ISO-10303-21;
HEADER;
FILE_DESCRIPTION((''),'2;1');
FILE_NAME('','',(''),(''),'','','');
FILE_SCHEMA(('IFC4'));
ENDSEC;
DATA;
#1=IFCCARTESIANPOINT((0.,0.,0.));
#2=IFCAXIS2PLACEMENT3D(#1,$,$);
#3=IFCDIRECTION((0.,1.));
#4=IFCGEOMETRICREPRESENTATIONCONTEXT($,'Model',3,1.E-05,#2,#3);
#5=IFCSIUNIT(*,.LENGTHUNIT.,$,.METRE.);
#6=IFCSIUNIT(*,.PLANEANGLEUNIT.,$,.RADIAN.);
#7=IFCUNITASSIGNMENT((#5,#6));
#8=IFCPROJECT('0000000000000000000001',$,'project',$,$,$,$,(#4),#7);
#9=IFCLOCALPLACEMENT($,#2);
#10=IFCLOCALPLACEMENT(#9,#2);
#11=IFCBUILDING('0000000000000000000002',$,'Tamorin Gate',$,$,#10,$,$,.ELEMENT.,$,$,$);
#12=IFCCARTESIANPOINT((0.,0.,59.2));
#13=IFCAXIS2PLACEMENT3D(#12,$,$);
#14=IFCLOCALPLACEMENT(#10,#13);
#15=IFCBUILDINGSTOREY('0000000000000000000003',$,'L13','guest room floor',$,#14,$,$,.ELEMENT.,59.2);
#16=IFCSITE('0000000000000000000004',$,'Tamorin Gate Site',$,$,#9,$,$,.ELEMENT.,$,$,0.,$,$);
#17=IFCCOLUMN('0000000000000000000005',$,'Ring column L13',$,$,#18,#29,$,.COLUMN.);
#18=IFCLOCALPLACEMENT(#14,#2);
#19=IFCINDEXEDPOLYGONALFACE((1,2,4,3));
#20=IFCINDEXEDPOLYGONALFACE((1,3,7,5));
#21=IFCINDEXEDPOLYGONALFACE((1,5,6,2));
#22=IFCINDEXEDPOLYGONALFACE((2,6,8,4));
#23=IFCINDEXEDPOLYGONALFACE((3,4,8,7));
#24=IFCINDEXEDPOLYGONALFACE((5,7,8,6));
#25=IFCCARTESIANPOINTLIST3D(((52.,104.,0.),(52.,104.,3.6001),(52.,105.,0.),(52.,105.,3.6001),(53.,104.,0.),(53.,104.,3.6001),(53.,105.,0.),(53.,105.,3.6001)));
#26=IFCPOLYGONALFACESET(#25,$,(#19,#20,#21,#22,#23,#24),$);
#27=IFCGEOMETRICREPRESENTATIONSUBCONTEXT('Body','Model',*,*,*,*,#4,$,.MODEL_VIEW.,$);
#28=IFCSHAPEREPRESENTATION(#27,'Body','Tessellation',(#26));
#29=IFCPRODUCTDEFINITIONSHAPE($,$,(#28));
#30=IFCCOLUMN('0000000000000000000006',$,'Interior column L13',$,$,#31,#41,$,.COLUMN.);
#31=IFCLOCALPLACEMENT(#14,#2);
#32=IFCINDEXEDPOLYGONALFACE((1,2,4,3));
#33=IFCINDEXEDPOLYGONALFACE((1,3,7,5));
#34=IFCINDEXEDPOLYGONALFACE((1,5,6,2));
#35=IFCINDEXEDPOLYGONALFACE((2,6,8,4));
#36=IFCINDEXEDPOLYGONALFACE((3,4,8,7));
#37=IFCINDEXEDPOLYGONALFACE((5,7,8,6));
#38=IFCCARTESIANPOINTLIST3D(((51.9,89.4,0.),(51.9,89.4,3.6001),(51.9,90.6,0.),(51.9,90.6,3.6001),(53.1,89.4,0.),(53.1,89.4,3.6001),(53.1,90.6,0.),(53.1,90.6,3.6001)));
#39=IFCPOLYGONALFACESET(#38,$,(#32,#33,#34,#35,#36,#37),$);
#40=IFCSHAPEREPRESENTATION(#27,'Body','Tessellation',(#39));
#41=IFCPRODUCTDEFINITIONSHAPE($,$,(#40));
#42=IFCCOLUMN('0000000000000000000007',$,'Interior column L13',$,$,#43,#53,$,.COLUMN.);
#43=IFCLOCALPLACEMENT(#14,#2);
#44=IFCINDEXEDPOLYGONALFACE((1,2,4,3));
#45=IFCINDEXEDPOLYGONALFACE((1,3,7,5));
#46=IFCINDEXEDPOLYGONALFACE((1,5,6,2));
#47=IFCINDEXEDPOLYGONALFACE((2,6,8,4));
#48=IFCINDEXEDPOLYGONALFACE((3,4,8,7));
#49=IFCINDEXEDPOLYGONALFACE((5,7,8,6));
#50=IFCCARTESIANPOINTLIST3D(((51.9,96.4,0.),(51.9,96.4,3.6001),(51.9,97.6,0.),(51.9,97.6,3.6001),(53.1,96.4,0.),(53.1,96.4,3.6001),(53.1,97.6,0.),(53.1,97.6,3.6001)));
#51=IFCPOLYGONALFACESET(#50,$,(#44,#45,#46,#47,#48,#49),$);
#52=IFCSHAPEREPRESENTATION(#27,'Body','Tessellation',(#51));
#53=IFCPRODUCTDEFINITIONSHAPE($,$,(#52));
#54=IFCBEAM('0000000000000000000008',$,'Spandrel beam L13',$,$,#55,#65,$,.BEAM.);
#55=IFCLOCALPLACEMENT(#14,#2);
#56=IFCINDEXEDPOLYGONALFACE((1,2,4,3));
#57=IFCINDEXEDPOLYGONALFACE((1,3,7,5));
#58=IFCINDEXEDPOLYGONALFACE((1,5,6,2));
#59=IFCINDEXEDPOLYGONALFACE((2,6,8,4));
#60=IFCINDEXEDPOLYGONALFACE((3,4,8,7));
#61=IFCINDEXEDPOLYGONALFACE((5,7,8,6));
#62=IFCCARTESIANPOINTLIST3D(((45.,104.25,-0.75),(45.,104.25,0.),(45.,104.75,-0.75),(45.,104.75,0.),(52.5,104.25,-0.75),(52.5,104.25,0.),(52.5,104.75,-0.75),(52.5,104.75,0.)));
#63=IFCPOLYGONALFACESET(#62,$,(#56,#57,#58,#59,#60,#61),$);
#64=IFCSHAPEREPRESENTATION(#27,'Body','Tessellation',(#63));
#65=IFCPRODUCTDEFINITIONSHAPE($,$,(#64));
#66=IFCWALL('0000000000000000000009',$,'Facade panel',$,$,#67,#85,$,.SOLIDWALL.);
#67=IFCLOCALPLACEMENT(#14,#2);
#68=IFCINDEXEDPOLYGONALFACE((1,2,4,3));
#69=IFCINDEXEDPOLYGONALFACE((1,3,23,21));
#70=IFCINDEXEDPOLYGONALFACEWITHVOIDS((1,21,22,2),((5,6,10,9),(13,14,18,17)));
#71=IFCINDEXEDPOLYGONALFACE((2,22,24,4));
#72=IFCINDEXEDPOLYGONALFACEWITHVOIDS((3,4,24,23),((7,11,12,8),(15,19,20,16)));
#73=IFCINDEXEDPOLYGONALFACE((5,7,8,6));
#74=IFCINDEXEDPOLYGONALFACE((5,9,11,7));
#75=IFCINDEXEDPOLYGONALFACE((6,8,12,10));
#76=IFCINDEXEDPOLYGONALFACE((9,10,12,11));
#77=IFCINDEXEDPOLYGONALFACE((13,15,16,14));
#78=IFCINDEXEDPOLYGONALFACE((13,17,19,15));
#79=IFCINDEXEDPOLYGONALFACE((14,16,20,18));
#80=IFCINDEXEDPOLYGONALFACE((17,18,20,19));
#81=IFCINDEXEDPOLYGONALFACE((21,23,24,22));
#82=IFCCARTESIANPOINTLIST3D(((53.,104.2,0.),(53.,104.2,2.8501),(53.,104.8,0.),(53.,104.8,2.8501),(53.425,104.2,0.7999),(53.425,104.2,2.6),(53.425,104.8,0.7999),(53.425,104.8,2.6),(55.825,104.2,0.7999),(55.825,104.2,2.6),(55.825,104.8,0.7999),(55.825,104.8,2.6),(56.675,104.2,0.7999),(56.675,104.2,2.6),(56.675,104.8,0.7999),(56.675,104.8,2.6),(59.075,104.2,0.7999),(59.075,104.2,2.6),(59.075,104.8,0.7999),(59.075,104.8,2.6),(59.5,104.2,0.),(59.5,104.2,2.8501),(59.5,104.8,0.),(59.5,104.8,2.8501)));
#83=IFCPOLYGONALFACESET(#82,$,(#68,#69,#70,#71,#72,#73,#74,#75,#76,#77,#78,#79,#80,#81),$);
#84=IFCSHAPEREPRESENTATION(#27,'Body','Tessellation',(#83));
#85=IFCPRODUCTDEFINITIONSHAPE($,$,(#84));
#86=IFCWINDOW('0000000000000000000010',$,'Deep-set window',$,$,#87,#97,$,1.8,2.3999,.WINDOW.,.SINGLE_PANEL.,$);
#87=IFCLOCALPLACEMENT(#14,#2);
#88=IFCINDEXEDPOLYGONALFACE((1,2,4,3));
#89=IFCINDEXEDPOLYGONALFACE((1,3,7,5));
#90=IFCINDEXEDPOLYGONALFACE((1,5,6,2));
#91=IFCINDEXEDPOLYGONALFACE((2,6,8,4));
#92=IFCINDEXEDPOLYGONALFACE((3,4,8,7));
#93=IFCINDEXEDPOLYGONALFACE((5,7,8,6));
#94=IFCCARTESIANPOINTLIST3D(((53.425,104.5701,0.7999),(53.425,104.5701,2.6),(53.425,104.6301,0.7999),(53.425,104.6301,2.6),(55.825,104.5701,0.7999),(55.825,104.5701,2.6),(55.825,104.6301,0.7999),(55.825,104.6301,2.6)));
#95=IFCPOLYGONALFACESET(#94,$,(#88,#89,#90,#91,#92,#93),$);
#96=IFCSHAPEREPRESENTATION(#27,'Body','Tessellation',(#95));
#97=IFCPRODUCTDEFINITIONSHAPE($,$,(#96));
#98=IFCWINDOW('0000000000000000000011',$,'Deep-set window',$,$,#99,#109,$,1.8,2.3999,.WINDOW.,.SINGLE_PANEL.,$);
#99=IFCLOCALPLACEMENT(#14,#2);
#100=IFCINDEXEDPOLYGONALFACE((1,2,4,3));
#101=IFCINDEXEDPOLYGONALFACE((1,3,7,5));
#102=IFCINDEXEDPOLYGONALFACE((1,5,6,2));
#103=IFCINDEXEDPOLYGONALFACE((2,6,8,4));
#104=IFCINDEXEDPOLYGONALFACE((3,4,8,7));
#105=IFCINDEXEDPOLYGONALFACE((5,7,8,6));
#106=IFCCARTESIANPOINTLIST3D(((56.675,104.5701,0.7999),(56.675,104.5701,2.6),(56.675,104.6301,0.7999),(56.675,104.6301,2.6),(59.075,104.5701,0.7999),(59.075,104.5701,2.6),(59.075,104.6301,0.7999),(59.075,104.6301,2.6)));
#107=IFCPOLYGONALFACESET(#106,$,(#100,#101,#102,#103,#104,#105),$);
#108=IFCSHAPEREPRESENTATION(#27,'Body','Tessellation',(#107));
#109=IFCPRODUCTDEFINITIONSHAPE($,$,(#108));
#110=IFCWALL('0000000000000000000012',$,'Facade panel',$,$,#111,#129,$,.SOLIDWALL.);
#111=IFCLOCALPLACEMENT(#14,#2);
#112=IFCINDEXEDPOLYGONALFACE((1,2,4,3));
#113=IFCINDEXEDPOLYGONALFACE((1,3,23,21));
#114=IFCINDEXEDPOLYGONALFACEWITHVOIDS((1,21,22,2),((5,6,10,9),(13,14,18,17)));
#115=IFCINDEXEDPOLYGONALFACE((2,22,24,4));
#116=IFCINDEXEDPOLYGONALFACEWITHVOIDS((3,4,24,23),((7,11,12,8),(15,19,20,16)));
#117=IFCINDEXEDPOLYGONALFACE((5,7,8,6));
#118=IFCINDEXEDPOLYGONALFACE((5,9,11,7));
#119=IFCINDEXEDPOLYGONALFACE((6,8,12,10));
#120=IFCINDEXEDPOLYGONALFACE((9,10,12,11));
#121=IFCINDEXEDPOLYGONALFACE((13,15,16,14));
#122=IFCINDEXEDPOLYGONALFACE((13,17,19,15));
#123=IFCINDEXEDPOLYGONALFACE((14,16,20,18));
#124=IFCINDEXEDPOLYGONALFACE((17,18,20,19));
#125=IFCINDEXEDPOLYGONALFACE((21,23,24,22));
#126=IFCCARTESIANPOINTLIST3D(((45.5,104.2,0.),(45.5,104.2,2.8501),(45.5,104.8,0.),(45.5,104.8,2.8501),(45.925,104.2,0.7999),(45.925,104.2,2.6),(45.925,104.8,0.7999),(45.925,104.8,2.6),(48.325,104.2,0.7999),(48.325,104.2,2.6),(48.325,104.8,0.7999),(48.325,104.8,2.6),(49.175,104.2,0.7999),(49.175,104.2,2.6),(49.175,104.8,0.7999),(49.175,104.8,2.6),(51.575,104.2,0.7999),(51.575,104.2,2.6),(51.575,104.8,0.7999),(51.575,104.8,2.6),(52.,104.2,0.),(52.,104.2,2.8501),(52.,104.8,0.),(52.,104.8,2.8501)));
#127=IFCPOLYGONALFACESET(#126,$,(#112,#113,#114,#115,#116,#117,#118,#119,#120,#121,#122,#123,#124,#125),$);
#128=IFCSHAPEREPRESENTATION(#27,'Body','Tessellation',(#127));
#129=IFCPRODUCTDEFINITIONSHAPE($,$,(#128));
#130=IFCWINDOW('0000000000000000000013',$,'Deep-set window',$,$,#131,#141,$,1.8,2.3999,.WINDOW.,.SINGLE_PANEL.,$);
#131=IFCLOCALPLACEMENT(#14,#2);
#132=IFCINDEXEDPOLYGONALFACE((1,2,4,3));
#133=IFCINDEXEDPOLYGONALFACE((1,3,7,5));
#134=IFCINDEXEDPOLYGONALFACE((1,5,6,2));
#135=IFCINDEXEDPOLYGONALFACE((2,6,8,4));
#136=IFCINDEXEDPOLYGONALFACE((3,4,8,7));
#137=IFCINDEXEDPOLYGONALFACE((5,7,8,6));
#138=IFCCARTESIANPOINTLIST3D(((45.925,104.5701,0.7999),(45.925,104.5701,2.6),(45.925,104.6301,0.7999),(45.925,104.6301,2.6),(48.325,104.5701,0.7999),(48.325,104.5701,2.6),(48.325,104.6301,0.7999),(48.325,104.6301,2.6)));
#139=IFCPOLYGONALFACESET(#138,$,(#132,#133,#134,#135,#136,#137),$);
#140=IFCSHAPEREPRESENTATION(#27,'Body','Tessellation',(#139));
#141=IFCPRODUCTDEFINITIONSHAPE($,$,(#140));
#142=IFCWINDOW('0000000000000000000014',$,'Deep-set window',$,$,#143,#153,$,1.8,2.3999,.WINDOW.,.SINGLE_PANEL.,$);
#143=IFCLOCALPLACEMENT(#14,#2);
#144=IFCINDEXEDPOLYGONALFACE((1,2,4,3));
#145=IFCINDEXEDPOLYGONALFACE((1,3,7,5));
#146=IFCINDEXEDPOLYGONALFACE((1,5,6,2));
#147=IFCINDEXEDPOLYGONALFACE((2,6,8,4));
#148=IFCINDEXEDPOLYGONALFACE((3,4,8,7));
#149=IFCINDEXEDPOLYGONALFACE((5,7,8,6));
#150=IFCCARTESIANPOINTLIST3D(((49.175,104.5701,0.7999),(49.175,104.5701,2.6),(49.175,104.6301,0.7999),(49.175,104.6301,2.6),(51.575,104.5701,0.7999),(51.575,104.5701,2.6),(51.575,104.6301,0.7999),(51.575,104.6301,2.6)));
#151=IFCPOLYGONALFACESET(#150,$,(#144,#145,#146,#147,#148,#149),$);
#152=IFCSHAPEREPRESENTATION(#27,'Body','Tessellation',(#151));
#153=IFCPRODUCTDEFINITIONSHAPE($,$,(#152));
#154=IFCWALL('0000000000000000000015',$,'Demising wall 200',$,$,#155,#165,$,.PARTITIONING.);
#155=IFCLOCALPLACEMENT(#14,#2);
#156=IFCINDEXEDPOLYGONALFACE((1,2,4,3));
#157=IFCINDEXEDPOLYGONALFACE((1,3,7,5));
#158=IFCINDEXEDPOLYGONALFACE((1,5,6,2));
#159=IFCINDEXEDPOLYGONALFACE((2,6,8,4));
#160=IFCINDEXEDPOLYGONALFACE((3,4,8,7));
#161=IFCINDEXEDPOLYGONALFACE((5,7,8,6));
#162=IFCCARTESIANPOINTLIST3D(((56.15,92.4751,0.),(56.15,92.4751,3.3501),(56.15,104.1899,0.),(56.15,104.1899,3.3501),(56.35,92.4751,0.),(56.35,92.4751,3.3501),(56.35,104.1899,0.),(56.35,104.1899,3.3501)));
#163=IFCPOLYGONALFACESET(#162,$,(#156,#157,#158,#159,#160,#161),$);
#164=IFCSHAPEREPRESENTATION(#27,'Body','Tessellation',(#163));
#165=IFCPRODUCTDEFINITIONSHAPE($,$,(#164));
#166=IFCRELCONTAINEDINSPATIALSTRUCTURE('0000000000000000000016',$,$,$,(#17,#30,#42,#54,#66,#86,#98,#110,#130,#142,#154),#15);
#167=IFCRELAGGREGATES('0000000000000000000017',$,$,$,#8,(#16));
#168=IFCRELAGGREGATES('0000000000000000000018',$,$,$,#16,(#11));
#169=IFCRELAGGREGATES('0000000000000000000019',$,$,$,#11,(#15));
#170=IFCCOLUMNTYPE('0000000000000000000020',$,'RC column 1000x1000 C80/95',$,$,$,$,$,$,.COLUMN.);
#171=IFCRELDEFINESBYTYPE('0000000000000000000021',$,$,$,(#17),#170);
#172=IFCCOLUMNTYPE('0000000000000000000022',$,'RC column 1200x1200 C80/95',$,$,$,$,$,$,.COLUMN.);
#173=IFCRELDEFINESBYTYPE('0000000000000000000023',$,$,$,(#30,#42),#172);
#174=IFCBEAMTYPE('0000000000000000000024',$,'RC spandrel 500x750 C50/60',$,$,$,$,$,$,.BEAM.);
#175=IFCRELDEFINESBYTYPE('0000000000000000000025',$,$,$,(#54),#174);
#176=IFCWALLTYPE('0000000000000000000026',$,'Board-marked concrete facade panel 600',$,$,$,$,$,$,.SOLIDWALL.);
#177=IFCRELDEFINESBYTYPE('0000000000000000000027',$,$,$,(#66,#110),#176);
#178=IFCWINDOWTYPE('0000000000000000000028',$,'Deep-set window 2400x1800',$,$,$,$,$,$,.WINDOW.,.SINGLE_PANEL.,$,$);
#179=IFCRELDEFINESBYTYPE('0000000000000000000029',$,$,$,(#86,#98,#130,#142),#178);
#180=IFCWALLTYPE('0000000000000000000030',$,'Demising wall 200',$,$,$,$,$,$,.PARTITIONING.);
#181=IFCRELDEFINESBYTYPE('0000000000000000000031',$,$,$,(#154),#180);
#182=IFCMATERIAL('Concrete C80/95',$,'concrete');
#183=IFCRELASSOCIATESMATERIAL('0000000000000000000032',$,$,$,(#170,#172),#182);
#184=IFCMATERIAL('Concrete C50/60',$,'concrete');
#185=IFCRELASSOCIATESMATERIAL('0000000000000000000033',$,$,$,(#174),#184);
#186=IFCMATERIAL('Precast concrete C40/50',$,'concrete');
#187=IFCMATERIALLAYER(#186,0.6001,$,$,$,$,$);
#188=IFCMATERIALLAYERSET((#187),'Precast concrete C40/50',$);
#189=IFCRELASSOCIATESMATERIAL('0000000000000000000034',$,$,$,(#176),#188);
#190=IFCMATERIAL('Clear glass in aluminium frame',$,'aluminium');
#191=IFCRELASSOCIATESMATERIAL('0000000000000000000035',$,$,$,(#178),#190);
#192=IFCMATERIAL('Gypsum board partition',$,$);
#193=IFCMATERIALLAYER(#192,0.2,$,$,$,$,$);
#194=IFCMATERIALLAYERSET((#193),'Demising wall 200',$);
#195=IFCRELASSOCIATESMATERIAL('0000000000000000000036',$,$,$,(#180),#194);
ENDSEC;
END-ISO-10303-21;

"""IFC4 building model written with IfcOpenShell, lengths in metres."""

from ifc_helpers import new_model, si_unit, direction, frame, frame_2d, origin, origin_2d, place, context, subcontext, project, spatial, rectangle, extrude, material, layer, layer_set, material_profile, profile_set, type_object, element, fill, save


model = new_model("IFC4")

# Units and contexts
model_context = context("Model", 3, precision=1e-05, world=origin(), true_north=direction((0.0, 1.0)))
body_context = subcontext(model_context, "Body", "Model", "MODEL_VIEW")
ifc_project = project(units=[si_unit("LENGTHUNIT", "METRE"), si_unit("PLANEANGLEUNIT", "RADIAN")], contexts=[model_context])

# Site, building, storey
site_placement = place(None, origin())
site = spatial("IfcSite", under=ifc_project, at=site_placement, Name="Tamorin Gate Site", CompositionType="ELEMENT", RefElevation=0.0)
building_placement = place(site_placement, origin())
building = spatial("IfcBuilding", under=site, at=building_placement, Name="Tamorin Gate", CompositionType="ELEMENT")
storey_placement = place(building_placement, frame((0.0, 0.0, 59.2)))
storey = spatial("IfcBuildingStorey", under=building, at=storey_placement, Name="L13", Description="guest room floor", CompositionType="ELEMENT", Elevation=59.2)

# Columns
ifc_material_1 = material(Name="Concrete C80/95", Category="concrete")
ifc_material_profile_1 = material_profile(ifc_material_1, rectangle(XDim=1.0, YDim=1.0, at=origin_2d()), Name="RC 1000x1000")
ifc_profile_set_1 = profile_set([ifc_material_profile_1], Name="Concrete C80/95")
column_type_1 = type_object("IfcColumnType", Name="RC column 1000x1000 C80/95", PredefinedType="COLUMN", material=ifc_profile_set_1)
column_placement = place(storey_placement, frame((52.5, 104.5, 0.0), z_axis=(0.0, 0.0, 1.0), x_axis=(1.0, 0.0, 0.0)))
element("IfcColumn", 1, at=column_placement, inside=storey, type_object=column_type_1, Name="Ring column L13", PredefinedType="COLUMN", context=body_context, shape_type="SweptSolid", body=[
    extrude(rectangle(XDim=1.0, YDim=1.0, at=origin_2d()), origin(), (0.0, 0.0, 1.0), 3.6001),
])
ifc_material_profile_2 = material_profile(ifc_material_1, rectangle(XDim=1.2, YDim=1.2, at=origin_2d()), Name="RC 1200x1200")
ifc_profile_set_2 = profile_set([ifc_material_profile_2], Name="Concrete C80/95")
column_type_2 = type_object("IfcColumnType", Name="RC column 1200x1200 C80/95", PredefinedType="COLUMN", material=ifc_profile_set_2)
for number, where, z_axis, x_axis, name in (
    (2, (52.5, 90.0, 0.0), (0.0, 0.0, 1.0), (1.0, 0.0, 0.0), "Interior column L13"),
    (3, (52.5, 97.0, 0.0), (0.0, 0.0, 1.0), (1.0, 0.0, 0.0), "Interior column L13"),
):
    element("IfcColumn", number, at=place(storey_placement, frame(where, z_axis=z_axis, x_axis=x_axis)), inside=storey, type_object=column_type_2, Name=name, PredefinedType="COLUMN", context=body_context, shape_type="SweptSolid", body=[
        extrude(rectangle(XDim=1.2, YDim=1.2, at=origin_2d()), origin(), (0.0, 0.0, 1.0), 3.6001),
    ])

# Beam
ifc_material_2 = material(Name="Concrete C50/60", Category="concrete")
ifc_material_profile_3 = material_profile(ifc_material_2, rectangle(XDim=0.5, YDim=0.75, at=origin_2d()), Name="RC 500x750")
ifc_profile_set_3 = profile_set([ifc_material_profile_3], Name="Concrete C50/60")
beam_type = type_object("IfcBeamType", Name="RC spandrel 500x750 C50/60", PredefinedType="BEAM", material=ifc_profile_set_3)
beam_placement = place(storey_placement, frame((52.5, 104.5, -0.375), z_axis=(-1.0, 0.0, 0.0), x_axis=(0.0, -1.0, 0.0)))
element("IfcBeam", 4, at=beam_placement, inside=storey, type_object=beam_type, Name="Spandrel beam L13", PredefinedType="BEAM", context=body_context, shape_type="SweptSolid", body=[
    extrude(rectangle(XDim=0.5, YDim=0.75, at=origin_2d()), origin(), (0.0, 0.0, 1.0), 7.5),
])

# Walls, openings, windows
ifc_material_3 = material(Name="Precast concrete C40/50", Category="concrete")
ifc_layer_1 = layer(ifc_material_3, 0.6001)
ifc_layer_set_1 = layer_set([ifc_layer_1], Name="Precast concrete C40/50")
wall_type_1 = type_object("IfcWallType", Name="Board-marked concrete facade panel 600", PredefinedType="SOLIDWALL", material=ifc_layer_set_1)
wall_1_placement = place(storey_placement, frame((59.5, 104.5, 0.0), z_axis=(0.0, 0.0, 1.0), x_axis=(-1.0, 0.0, 0.0)))
wall_1 = element("IfcWall", 5, at=wall_1_placement, inside=storey, type_object=wall_type_1, Name="Facade panel", PredefinedType="SOLIDWALL", context=body_context, shape_type="SweptSolid", body=[
    extrude(rectangle(XDim=6.5, YDim=0.6001, at=frame_2d((3.25, 0.0))), origin(), (0.0, 0.0, 1.0), 2.8501),
])
opening_1_placement = place(wall_1_placement, frame((3.675, 0.0, 0.8)))
opening_1 = element("IfcOpeningElement", 6, at=opening_1_placement, cuts=wall_1, PredefinedType="OPENING", context=body_context, shape_type="SweptSolid", body=[
    extrude(rectangle(XDim=2.3999, YDim=1.8, at=frame_2d((1.2, 0.8999))), frame((0.0, 0.3101, 0.0), z_axis=(0.0, -1.0, 0.0), x_axis=(1.0, 0.0, 0.0)), (0.0, 0.0, 1.0), 0.6201),
])
opening_2_placement = place(wall_1_placement, frame((0.425, 0.0, 0.8)))
opening_2 = element("IfcOpeningElement", 7, at=opening_2_placement, cuts=wall_1, PredefinedType="OPENING", context=body_context, shape_type="SweptSolid", body=[
    extrude(rectangle(XDim=2.3999, YDim=1.8, at=frame_2d((1.2, 0.8999))), frame((0.0, 0.3101, 0.0), z_axis=(0.0, -1.0, 0.0), x_axis=(1.0, 0.0, 0.0)), (0.0, 0.0, 1.0), 0.6201),
])
ifc_material_4 = material(Name="Clear glass in aluminium frame", Category="aluminium")
window_type = type_object("IfcWindowType", Name="Deep-set window 2400x1800", PartitioningType="SINGLE_PANEL", PredefinedType="WINDOW", material=ifc_material_4)
window_1_placement = place(opening_1_placement, origin())
window_1 = element("IfcWindow", 8, at=window_1_placement, inside=storey, type_object=window_type, Name="Deep-set window", OverallHeight=1.8, OverallWidth=2.3999, PartitioningType="SINGLE_PANEL", PredefinedType="WINDOW", context=body_context, shape_type="SweptSolid", body=[
    extrude(rectangle(XDim=2.3999, YDim=1.8, at=frame_2d((1.2, 0.8999))), frame((0.0, -0.0701, 0.0), z_axis=(0.0, -1.0, 0.0), x_axis=(1.0, 0.0, 0.0)), (0.0, 0.0, 1.0), 0.0601),
])
fill(opening_1, window_1)
window_2_placement = place(opening_2_placement, origin())
window_2 = element("IfcWindow", 9, at=window_2_placement, inside=storey, type_object=window_type, Name="Deep-set window", OverallHeight=1.8, OverallWidth=2.3999, PartitioningType="SINGLE_PANEL", PredefinedType="WINDOW", context=body_context, shape_type="SweptSolid", body=[
    extrude(rectangle(XDim=2.3999, YDim=1.8, at=frame_2d((1.2, 0.8999))), frame((0.0, -0.0701, 0.0), z_axis=(0.0, -1.0, 0.0), x_axis=(1.0, 0.0, 0.0)), (0.0, 0.0, 1.0), 0.0601),
])
fill(opening_2, window_2)
wall_2_placement = place(storey_placement, frame((52.0, 104.5, 0.0), z_axis=(0.0, 0.0, 1.0), x_axis=(-1.0, 0.0, 0.0)))
wall_2 = element("IfcWall", 10, at=wall_2_placement, inside=storey, type_object=wall_type_1, Name="Facade panel", PredefinedType="SOLIDWALL", context=body_context, shape_type="SweptSolid", body=[
    extrude(rectangle(XDim=6.5, YDim=0.6001, at=frame_2d((3.25, 0.0))), origin(), (0.0, 0.0, 1.0), 2.8501),
])
opening_3_placement = place(wall_2_placement, frame((3.675, 0.0, 0.8)))
opening_3 = element("IfcOpeningElement", 11, at=opening_3_placement, cuts=wall_2, PredefinedType="OPENING", context=body_context, shape_type="SweptSolid", body=[
    extrude(rectangle(XDim=2.3999, YDim=1.8, at=frame_2d((1.2, 0.8999))), frame((0.0, 0.3101, 0.0), z_axis=(0.0, -1.0, 0.0), x_axis=(1.0, 0.0, 0.0)), (0.0, 0.0, 1.0), 0.6201),
])
opening_4_placement = place(wall_2_placement, frame((0.425, 0.0, 0.8)))
opening_4 = element("IfcOpeningElement", 12, at=opening_4_placement, cuts=wall_2, PredefinedType="OPENING", context=body_context, shape_type="SweptSolid", body=[
    extrude(rectangle(XDim=2.3999, YDim=1.8, at=frame_2d((1.2, 0.8999))), frame((0.0, 0.3101, 0.0), z_axis=(0.0, -1.0, 0.0), x_axis=(1.0, 0.0, 0.0)), (0.0, 0.0, 1.0), 0.6201),
])
window_3_placement = place(opening_3_placement, origin())
window_3 = element("IfcWindow", 13, at=window_3_placement, inside=storey, type_object=window_type, Name="Deep-set window", OverallHeight=1.8, OverallWidth=2.3999, PartitioningType="SINGLE_PANEL", PredefinedType="WINDOW", context=body_context, shape_type="SweptSolid", body=[
    extrude(rectangle(XDim=2.3999, YDim=1.8, at=frame_2d((1.2, 0.8999))), frame((0.0, -0.0701, 0.0), z_axis=(0.0, -1.0, 0.0), x_axis=(1.0, 0.0, 0.0)), (0.0, 0.0, 1.0), 0.0601),
])
fill(opening_3, window_3)
window_4_placement = place(opening_4_placement, origin())
window_4 = element("IfcWindow", 14, at=window_4_placement, inside=storey, type_object=window_type, Name="Deep-set window", OverallHeight=1.8, OverallWidth=2.3999, PartitioningType="SINGLE_PANEL", PredefinedType="WINDOW", context=body_context, shape_type="SweptSolid", body=[
    extrude(rectangle(XDim=2.3999, YDim=1.8, at=frame_2d((1.2, 0.8999))), frame((0.0, -0.0701, 0.0), z_axis=(0.0, -1.0, 0.0), x_axis=(1.0, 0.0, 0.0)), (0.0, 0.0, 1.0), 0.0601),
])
fill(opening_4, window_4)

# Wall
ifc_material_5 = material(Name="Gypsum board partition")
ifc_layer_2 = layer(ifc_material_5, 0.2)
ifc_layer_set_2 = layer_set([ifc_layer_2], Name="Demising wall 200")
wall_type_2 = type_object("IfcWallType", Name="Demising wall 200", PredefinedType="PARTITIONING", material=ifc_layer_set_2)
wall_3_placement = place(storey_placement, frame((56.25, 92.4751, 0.0), z_axis=(0.0, 0.0, 1.0), x_axis=(0.0, 1.0, 0.0)))
element("IfcWall", 15, at=wall_3_placement, inside=storey, type_object=wall_type_2, Name="Demising wall 200", PredefinedType="PARTITIONING", context=body_context, shape_type="SweptSolid", body=[
    extrude(rectangle(XDim=11.7148, YDim=0.2, at=frame_2d((5.8574, 0.0))), origin(), (0.0, 0.0, 1.0), 3.3501),
])

save(model, "model.ifc")
